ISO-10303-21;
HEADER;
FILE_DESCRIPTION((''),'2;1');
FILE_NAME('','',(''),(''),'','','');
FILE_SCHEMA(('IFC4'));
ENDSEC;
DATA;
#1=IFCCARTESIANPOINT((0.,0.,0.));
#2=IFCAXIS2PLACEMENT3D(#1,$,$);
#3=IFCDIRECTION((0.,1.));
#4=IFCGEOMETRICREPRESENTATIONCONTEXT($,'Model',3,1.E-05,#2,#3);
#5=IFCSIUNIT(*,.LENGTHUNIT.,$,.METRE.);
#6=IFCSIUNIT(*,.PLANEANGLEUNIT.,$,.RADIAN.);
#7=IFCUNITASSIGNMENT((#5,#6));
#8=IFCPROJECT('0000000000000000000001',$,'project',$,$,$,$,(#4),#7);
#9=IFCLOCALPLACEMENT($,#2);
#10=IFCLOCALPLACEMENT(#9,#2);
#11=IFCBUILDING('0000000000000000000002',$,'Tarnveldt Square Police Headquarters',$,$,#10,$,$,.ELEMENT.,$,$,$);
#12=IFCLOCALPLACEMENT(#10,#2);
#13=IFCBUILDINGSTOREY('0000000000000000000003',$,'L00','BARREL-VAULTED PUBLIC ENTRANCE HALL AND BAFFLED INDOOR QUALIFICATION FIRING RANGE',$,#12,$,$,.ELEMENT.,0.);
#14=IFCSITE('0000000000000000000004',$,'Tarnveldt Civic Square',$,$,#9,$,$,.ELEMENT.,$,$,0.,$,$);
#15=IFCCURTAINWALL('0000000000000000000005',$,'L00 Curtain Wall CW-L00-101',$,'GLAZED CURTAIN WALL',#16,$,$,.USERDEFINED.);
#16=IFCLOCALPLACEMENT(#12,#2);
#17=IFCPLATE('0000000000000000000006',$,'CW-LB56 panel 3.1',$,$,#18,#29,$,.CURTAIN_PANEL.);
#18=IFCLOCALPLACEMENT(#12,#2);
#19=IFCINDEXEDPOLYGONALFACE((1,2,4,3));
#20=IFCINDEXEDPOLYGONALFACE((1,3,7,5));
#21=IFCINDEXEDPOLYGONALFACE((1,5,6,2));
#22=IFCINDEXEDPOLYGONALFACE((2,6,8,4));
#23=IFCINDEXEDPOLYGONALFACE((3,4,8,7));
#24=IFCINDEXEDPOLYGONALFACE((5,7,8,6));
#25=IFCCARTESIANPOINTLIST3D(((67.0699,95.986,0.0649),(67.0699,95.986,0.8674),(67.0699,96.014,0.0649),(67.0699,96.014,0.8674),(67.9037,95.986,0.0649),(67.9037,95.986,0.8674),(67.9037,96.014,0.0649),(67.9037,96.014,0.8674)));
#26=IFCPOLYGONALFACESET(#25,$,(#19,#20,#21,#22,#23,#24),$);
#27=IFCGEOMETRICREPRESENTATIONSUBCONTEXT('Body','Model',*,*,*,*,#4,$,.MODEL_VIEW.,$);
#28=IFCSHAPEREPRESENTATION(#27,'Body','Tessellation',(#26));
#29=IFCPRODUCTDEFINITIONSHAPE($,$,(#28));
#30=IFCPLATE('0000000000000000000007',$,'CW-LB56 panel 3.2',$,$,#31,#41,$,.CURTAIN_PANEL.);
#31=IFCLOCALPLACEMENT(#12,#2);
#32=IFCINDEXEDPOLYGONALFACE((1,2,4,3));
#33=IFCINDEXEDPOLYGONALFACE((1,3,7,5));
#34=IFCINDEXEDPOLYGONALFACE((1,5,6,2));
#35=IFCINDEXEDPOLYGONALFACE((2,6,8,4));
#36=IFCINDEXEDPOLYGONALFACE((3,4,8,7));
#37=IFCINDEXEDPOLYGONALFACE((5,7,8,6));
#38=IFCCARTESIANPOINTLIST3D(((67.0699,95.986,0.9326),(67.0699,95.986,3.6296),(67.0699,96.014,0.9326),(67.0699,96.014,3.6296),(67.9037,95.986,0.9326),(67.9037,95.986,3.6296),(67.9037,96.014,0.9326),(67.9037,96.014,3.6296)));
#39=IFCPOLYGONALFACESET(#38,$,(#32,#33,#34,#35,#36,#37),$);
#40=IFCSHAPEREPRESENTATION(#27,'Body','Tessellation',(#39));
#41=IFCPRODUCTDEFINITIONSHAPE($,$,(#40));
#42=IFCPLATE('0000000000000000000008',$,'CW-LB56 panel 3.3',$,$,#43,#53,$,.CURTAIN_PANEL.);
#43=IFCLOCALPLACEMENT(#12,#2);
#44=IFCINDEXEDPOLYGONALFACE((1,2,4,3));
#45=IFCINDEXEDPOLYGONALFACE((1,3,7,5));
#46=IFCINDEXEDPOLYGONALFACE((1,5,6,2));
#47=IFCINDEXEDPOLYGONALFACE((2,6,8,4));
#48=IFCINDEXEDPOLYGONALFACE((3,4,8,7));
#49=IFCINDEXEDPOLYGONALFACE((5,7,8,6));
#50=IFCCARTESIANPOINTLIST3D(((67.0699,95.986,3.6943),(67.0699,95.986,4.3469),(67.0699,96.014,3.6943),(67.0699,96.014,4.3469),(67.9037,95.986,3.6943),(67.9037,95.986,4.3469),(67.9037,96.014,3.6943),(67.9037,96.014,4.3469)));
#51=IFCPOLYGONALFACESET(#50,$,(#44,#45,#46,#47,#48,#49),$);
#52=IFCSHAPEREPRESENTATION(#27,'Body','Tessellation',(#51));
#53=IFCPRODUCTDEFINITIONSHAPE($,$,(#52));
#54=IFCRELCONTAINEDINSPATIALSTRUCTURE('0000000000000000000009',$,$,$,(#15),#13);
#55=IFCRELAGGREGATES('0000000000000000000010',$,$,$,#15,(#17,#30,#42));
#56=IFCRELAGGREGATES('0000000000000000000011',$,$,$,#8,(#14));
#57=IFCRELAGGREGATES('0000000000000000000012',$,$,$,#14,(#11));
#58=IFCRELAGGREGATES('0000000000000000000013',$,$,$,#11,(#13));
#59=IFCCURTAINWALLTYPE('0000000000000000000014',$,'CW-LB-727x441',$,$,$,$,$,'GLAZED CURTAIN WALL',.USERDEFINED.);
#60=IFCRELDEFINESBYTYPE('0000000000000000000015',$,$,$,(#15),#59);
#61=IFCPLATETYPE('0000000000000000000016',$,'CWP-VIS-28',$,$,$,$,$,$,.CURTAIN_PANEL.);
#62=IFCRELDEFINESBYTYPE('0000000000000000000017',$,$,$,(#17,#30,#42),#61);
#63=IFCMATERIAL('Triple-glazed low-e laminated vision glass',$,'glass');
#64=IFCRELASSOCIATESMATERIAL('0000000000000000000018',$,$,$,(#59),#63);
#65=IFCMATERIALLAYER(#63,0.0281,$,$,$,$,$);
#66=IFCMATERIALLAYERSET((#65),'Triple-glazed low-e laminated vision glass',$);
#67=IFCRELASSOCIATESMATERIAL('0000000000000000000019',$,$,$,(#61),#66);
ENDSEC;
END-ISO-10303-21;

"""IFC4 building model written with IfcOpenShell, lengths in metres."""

from ifc_helpers import new_model, si_unit, direction, frame, origin, origin_2d, place, context, subcontext, project, spatial, rectangle, extrude, material, layer, layer_set, type_object, element, aggregate, save


model = new_model("IFC4")

# Units and contexts
model_context = context("Model", 3, precision=1e-05, world=origin(), true_north=direction((0.0, 1.0)))
body_context = subcontext(model_context, "Body", "Model", "MODEL_VIEW")
ifc_project = project(units=[si_unit("LENGTHUNIT", "METRE"), si_unit("PLANEANGLEUNIT", "RADIAN")], contexts=[model_context])

# Site, building, storey
site_placement = place(None, origin())
site = spatial("IfcSite", under=ifc_project, at=site_placement, Name="Tarnveldt Civic Square", CompositionType="ELEMENT", RefElevation=0.0)
building_placement = place(site_placement, origin())
building = spatial("IfcBuilding", under=site, at=building_placement, Name="Tarnveldt Square Police Headquarters", CompositionType="ELEMENT")
storey_placement = place(building_placement, origin())
storey = spatial("IfcBuildingStorey", under=building, at=storey_placement, Name="L00", Description="BARREL-VAULTED PUBLIC ENTRANCE HALL AND BAFFLED INDOOR QUALIFICATION FIRING RANGE", CompositionType="ELEMENT", Elevation=0.0)

# Curtain wall, plates
ifc_material_1 = material(Name="Triple-glazed low-e laminated vision glass", Category="glass")
curtain_wall_type = type_object("IfcCurtainWallType", Name="CW-LB-727x441", ElementType="GLAZED CURTAIN WALL", PredefinedType="USERDEFINED", material=ifc_material_1)
curtain_wall_placement = place(storey_placement, origin())
curtain_wall = element("IfcCurtainWall", 1, at=curtain_wall_placement, inside=storey, type_object=curtain_wall_type, Name="L00 Curtain Wall CW-L00-101", ObjectType="GLAZED CURTAIN WALL", PredefinedType="USERDEFINED")
ifc_layer = layer(ifc_material_1, 0.0281)
ifc_layer_set = layer_set([ifc_layer], Name="Triple-glazed low-e laminated vision glass")
plate_type = type_object("IfcPlateType", Name="CWP-VIS-28", PredefinedType="CURTAIN_PANEL", material=ifc_layer_set)
plate_1_placement = place(storey_placement, frame((67.4868, 96.0, 0.0649), z_axis=(0.0, 0.0, 1.0), x_axis=(1.0, 0.0, 0.0)))
plate_1 = element("IfcPlate", 2, at=plate_1_placement, type_object=plate_type, Name="CW-LB56 panel 3.1", PredefinedType="CURTAIN_PANEL", context=body_context, shape_type="SweptSolid", body=[
    extrude(rectangle(XDim=0.8337, YDim=0.0281, at=origin_2d()), origin(), (0.0, 0.0, 1.0), 0.8025),
])
plate_2_placement = place(storey_placement, frame((67.4868, 96.0, 0.9326), z_axis=(0.0, 0.0, 1.0), x_axis=(1.0, 0.0, 0.0)))
plate_2 = element("IfcPlate", 3, at=plate_2_placement, type_object=plate_type, Name="CW-LB56 panel 3.2", PredefinedType="CURTAIN_PANEL", context=body_context, shape_type="SweptSolid", body=[
    extrude(rectangle(XDim=0.8337, YDim=0.0281, at=origin_2d()), origin(), (0.0, 0.0, 1.0), 2.697),
])
plate_3_placement = place(storey_placement, frame((67.4868, 96.0, 3.6943), z_axis=(0.0, 0.0, 1.0), x_axis=(1.0, 0.0, 0.0)))
plate_3 = element("IfcPlate", 4, at=plate_3_placement, type_object=plate_type, Name="CW-LB56 panel 3.3", PredefinedType="CURTAIN_PANEL", context=body_context, shape_type="SweptSolid", body=[
    extrude(rectangle(XDim=0.8337, YDim=0.0281, at=origin_2d()), origin(), (0.0, 0.0, 1.0), 0.6526),
])
aggregate(curtain_wall, [plate_1, plate_2, plate_3])

save(model, "model.ifc")
